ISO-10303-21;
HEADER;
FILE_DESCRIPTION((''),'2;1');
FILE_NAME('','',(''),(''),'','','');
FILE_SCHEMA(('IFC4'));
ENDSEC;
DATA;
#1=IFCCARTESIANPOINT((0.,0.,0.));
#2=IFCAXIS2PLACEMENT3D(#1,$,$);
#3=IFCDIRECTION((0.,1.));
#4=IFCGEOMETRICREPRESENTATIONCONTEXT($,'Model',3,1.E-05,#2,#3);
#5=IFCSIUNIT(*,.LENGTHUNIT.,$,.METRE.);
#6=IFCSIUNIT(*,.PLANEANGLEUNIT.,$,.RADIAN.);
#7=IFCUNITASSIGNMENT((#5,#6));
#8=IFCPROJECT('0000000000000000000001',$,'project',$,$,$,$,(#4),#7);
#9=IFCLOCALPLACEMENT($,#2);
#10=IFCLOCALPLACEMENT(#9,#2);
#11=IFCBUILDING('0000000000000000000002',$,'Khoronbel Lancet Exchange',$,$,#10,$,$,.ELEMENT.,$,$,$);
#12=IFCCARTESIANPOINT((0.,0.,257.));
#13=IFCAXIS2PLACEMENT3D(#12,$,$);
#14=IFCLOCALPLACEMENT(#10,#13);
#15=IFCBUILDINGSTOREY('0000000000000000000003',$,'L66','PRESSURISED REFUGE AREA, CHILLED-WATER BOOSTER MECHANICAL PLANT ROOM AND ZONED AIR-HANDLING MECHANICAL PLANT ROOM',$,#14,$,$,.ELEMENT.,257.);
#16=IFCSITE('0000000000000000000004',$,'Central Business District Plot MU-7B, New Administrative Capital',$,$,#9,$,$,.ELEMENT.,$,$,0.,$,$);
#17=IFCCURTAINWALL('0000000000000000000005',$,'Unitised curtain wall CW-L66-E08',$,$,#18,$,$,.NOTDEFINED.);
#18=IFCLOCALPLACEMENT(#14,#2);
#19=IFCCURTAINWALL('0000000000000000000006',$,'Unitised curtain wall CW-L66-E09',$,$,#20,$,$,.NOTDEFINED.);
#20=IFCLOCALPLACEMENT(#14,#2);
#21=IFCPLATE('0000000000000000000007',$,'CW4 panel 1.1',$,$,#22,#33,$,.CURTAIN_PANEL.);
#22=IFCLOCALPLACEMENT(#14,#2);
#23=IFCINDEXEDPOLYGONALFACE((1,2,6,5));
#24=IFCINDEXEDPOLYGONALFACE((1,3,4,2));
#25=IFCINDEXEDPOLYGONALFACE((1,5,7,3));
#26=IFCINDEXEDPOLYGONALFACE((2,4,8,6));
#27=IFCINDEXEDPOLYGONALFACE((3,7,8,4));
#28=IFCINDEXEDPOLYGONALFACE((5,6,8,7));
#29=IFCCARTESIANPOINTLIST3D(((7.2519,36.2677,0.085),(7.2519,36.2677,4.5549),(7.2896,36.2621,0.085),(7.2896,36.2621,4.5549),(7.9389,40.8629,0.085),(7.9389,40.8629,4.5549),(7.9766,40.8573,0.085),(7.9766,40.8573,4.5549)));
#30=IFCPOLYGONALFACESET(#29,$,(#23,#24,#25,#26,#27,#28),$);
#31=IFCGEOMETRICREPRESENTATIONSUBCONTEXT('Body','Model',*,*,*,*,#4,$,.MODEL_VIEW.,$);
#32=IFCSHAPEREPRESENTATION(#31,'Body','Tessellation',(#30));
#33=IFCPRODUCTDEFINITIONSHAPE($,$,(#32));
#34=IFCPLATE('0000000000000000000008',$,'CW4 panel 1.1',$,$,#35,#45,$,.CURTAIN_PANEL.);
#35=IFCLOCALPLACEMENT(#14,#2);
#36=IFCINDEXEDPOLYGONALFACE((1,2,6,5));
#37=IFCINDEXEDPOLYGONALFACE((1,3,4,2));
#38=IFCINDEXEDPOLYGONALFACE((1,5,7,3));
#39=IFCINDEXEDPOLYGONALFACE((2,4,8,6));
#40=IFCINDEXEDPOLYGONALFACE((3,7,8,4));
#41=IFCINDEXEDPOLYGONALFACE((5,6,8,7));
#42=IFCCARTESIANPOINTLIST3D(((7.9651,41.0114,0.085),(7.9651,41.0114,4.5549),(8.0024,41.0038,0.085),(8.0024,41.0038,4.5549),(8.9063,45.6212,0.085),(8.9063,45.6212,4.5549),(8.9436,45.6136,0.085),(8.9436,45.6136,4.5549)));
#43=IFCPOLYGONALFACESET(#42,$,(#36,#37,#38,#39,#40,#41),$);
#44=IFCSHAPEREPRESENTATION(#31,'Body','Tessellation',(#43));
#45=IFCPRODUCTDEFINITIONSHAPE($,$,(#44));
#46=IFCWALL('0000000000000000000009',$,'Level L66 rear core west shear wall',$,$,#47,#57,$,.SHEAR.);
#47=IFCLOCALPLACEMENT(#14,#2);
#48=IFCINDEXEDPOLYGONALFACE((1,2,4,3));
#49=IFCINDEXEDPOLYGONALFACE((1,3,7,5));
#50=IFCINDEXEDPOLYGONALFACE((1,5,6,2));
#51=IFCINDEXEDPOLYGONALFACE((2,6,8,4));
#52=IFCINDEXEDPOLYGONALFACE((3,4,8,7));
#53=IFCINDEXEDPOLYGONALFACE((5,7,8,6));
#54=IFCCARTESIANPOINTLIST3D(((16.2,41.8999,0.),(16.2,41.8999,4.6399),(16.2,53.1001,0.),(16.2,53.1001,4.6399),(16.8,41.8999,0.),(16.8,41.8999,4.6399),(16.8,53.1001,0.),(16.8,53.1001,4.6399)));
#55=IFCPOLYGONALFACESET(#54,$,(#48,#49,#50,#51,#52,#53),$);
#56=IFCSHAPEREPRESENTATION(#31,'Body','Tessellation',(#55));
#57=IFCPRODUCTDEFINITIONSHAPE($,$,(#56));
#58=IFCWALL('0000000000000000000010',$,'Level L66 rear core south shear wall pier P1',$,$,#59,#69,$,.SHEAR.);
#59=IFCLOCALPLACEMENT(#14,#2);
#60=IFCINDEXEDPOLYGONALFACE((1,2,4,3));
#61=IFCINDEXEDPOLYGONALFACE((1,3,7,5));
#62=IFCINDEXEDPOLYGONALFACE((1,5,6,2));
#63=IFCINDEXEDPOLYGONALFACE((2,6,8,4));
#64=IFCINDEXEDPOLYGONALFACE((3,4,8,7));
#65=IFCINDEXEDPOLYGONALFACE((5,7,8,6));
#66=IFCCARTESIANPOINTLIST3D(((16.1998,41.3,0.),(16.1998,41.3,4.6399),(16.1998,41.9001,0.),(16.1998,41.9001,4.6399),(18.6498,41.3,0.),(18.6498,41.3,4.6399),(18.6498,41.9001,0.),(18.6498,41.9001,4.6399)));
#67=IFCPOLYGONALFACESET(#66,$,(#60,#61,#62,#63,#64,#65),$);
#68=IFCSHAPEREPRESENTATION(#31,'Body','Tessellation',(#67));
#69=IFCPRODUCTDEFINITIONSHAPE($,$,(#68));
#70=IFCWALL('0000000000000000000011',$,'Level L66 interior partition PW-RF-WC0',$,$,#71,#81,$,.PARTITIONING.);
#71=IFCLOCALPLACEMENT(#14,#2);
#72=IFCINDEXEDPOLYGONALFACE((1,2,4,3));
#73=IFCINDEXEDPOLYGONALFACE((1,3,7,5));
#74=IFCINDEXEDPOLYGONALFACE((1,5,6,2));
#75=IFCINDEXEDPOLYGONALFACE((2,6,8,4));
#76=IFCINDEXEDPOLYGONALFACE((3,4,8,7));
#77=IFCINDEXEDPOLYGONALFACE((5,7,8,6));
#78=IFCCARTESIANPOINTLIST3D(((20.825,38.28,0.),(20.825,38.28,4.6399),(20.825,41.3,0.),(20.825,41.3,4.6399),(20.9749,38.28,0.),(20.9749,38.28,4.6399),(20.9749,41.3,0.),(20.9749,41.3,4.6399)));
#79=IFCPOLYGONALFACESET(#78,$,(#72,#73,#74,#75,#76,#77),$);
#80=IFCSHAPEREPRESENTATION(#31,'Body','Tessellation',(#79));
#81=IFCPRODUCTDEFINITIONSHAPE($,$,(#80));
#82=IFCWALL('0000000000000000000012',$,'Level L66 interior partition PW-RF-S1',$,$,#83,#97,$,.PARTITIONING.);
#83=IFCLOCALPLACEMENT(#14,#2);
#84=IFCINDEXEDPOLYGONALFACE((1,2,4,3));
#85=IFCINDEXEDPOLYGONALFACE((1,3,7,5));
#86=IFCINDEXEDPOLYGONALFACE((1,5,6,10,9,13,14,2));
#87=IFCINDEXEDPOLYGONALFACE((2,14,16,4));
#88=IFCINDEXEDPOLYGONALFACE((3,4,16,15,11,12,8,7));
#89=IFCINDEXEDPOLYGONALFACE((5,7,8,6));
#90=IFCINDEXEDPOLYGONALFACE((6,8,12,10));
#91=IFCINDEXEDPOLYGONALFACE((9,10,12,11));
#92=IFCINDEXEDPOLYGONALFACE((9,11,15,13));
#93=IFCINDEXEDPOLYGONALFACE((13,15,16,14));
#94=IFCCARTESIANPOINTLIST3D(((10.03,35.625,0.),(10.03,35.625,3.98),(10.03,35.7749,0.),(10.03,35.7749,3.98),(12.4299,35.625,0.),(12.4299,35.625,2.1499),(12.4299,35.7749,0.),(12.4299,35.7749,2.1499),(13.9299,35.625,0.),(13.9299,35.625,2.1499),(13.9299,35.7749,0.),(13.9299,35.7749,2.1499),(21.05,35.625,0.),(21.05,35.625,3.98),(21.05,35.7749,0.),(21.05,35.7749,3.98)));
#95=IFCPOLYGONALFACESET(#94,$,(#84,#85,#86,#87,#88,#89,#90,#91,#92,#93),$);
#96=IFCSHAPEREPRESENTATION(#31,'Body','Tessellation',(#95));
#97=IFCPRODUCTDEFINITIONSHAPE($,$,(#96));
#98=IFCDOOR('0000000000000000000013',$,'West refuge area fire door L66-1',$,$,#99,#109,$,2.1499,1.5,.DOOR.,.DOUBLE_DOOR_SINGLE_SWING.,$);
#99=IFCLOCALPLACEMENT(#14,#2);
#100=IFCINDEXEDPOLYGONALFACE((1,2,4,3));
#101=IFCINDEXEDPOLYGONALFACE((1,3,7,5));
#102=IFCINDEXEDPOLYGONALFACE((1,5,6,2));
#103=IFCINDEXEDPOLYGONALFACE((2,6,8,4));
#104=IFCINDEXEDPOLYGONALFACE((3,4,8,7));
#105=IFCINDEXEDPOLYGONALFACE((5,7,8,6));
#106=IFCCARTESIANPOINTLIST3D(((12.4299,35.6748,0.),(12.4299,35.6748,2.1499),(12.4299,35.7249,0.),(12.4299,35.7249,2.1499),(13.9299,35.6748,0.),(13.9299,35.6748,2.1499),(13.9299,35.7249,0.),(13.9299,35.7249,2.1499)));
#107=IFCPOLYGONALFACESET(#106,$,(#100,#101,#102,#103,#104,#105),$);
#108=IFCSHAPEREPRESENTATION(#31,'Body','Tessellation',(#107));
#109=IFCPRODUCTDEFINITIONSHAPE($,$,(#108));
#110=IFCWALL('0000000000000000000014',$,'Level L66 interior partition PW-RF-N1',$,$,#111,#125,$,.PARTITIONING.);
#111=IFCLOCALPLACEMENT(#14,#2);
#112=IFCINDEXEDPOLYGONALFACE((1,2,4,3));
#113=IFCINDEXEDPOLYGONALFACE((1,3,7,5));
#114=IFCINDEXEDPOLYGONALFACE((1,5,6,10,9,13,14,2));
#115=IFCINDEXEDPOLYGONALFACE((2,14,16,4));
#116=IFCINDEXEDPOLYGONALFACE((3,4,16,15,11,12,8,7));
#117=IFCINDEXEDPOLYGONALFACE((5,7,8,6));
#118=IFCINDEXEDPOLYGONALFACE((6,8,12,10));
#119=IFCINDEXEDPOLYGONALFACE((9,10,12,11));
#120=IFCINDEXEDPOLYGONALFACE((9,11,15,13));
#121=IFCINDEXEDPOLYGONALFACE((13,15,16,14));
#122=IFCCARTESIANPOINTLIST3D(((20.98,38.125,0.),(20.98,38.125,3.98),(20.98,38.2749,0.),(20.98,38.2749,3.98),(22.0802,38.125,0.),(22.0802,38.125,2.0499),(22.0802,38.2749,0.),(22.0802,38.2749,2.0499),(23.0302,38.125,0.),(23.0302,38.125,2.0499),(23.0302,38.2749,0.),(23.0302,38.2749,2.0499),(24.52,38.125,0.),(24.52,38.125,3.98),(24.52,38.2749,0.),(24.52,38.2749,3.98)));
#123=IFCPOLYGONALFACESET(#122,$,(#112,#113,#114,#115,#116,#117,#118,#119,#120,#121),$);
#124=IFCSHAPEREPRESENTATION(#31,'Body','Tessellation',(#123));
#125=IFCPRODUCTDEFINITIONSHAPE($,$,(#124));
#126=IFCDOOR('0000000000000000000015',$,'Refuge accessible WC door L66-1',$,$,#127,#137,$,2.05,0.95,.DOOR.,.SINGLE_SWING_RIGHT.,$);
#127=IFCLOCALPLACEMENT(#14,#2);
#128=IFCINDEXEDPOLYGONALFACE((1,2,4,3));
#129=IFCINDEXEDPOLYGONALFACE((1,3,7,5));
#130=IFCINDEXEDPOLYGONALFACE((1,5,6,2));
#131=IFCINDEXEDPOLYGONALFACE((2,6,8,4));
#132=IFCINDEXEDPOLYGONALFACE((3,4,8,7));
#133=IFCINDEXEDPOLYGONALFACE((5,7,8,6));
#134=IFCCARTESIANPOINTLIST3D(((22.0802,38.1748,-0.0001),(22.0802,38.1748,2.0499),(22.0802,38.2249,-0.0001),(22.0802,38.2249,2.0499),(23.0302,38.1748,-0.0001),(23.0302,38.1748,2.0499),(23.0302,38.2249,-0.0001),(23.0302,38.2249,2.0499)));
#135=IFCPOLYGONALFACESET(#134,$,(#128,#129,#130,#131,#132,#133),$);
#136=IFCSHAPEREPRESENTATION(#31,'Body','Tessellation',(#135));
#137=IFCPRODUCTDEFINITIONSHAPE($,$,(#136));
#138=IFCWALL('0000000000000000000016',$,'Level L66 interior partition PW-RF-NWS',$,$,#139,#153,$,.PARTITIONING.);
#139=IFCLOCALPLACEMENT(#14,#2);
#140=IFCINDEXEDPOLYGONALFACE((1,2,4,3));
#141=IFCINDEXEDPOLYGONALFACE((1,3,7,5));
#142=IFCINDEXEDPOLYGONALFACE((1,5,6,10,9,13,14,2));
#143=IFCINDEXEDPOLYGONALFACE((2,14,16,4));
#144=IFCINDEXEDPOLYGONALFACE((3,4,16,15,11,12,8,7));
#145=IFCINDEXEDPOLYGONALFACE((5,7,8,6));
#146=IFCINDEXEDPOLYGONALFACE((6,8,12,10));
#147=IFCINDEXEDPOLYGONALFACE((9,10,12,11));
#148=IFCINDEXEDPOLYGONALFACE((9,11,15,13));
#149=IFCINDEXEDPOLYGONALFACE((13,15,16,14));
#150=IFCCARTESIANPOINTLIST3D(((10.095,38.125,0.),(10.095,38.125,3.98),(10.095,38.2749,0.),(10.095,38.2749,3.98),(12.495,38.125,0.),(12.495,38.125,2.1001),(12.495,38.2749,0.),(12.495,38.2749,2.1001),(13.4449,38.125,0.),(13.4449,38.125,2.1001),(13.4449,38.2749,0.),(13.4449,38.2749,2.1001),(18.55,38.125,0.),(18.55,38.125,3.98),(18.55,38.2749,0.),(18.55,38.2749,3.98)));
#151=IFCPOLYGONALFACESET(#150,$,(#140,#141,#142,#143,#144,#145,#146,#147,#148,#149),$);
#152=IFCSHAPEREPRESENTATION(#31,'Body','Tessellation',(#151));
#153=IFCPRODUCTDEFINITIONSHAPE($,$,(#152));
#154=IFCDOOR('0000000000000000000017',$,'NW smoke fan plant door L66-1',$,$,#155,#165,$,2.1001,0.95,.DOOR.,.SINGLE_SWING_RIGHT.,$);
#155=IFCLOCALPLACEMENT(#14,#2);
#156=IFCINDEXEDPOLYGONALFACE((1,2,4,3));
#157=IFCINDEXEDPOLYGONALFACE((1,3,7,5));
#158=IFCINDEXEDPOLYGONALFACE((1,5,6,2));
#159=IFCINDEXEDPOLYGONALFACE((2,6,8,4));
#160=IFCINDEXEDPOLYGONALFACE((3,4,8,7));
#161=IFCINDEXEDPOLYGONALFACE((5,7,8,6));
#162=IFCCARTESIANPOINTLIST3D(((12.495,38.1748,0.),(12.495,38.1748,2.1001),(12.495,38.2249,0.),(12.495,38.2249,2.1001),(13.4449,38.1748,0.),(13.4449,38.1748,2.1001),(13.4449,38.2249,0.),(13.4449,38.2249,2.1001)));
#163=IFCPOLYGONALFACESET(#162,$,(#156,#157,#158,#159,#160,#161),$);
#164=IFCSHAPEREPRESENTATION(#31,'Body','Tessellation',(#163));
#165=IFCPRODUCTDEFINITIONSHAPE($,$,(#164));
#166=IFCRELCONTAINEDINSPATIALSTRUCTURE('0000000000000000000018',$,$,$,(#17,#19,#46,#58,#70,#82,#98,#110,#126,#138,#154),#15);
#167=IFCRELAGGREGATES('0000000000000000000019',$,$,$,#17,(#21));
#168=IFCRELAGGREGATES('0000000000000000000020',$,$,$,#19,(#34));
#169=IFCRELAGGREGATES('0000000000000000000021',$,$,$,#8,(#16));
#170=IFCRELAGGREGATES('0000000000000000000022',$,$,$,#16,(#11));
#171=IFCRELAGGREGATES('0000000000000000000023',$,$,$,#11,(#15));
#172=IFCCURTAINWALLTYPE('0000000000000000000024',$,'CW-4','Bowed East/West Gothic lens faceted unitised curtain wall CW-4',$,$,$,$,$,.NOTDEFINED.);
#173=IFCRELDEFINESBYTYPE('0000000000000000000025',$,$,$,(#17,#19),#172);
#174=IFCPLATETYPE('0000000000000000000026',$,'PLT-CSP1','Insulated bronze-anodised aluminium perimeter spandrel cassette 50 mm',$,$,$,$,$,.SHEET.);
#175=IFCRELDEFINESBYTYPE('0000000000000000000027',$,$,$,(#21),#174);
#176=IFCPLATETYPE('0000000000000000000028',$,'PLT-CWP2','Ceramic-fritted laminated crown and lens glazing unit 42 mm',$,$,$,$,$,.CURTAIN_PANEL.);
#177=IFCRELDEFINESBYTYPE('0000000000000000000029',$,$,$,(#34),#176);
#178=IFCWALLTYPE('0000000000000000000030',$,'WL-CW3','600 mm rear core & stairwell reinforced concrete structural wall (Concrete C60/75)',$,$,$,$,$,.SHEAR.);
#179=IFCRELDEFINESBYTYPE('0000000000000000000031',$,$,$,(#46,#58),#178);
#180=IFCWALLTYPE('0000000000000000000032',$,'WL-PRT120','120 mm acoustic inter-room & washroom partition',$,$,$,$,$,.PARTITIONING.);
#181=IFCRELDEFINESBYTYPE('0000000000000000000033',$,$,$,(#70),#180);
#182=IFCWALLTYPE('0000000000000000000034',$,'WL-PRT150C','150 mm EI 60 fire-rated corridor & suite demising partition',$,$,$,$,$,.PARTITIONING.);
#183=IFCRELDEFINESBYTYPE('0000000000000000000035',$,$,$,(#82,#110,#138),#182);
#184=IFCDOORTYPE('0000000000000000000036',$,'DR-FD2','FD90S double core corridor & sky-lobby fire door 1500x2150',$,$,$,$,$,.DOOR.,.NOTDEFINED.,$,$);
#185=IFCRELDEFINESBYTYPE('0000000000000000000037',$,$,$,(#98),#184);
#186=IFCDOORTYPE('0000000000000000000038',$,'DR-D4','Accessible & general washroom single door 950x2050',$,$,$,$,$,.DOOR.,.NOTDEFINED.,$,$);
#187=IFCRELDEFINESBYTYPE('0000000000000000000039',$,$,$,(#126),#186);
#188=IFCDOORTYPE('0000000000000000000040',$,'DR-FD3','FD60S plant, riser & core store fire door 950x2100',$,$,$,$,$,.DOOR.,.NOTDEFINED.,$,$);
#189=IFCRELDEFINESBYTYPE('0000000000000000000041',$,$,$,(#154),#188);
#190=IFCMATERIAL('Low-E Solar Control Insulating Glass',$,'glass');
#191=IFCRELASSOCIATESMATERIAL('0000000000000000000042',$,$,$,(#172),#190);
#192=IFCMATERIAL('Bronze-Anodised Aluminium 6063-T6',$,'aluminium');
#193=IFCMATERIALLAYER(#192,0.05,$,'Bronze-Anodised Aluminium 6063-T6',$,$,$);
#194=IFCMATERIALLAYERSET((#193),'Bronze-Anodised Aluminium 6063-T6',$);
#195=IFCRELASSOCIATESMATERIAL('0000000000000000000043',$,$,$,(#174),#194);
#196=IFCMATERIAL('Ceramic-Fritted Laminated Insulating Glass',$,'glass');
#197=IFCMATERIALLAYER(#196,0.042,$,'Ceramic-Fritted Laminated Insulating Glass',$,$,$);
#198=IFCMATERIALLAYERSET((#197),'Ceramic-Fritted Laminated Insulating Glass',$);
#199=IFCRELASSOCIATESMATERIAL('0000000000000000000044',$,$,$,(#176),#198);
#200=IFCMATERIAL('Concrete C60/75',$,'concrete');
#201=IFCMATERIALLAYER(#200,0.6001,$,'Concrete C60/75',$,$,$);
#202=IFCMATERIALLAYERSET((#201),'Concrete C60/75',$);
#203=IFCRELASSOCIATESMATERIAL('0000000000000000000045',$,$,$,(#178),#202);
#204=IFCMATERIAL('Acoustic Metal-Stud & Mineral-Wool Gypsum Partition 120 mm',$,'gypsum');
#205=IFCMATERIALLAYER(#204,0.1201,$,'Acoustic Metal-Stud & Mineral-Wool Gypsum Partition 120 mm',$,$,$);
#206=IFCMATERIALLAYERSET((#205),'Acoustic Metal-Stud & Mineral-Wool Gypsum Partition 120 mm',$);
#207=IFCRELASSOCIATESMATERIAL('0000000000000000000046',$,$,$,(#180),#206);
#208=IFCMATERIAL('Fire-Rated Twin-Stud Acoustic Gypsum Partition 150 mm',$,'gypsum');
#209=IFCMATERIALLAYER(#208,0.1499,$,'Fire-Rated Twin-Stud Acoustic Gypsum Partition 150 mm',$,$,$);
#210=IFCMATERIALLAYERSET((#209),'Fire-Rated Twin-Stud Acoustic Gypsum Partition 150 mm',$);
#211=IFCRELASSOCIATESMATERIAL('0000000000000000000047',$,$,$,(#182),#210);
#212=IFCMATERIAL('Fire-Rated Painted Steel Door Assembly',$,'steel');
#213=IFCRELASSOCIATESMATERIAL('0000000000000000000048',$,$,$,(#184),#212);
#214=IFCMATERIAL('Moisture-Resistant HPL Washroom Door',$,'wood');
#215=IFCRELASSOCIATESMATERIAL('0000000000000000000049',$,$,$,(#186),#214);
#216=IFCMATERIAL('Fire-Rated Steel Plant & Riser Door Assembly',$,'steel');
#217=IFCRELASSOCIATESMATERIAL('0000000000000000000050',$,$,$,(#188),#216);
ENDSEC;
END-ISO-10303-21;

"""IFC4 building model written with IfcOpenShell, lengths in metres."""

from ifc_helpers import new_model, si_unit, direction, frame, frame_2d, origin, origin_2d, place, context, subcontext, project, spatial, rectangle, extrude, material, layer, layer_set, type_object, element, fill, aggregate, save


model = new_model("IFC4")

# Units and contexts
model_context = context("Model", 3, precision=1e-05, world=origin(), true_north=direction((0.0, 1.0)))
body_context = subcontext(model_context, "Body", "Model", "MODEL_VIEW")
ifc_project = project(units=[si_unit("LENGTHUNIT", "METRE"), si_unit("PLANEANGLEUNIT", "RADIAN")], contexts=[model_context])

# Site, building, storey
site_placement = place(None, origin())
site = spatial("IfcSite", under=ifc_project, at=site_placement, Name="Central Business District Plot MU-7B, New Administrative Capital", CompositionType="ELEMENT", RefElevation=0.0)
building_placement = place(site_placement, origin())
building = spatial("IfcBuilding", under=site, at=building_placement, Name="Khoronbel Lancet Exchange", CompositionType="ELEMENT")
storey_placement = place(building_placement, frame((0.0, 0.0, 257.0)))
storey = spatial("IfcBuildingStorey", under=building, at=storey_placement, Name="L66", Description="PRESSURISED REFUGE AREA, CHILLED-WATER BOOSTER MECHANICAL PLANT ROOM AND ZONED AIR-HANDLING MECHANICAL PLANT ROOM", CompositionType="ELEMENT", Elevation=257.0)

# Shared definitions
ifc_material_1 = material(Name="Concrete C60/75", Category="concrete")

# Shared definitions
ifc_material_2 = material(Name="Low-E Solar Control Insulating Glass", Category="glass")
curtain_wall_type = type_object("IfcCurtainWallType", Name="CW-4", Description="Bowed East/West Gothic lens faceted unitised curtain wall CW-4", PredefinedType="NOTDEFINED", material=ifc_material_2)
ifc_material_3 = material(Name="Bronze-Anodised Aluminium 6063-T6", Category="aluminium")

# Curtain wall
curtain_wall_1_placement = place(storey_placement, origin())
curtain_wall_1 = element("IfcCurtainWall", 1, at=curtain_wall_1_placement, inside=storey, type_object=curtain_wall_type, Name="Unitised curtain wall CW-L66-E08", PredefinedType="NOTDEFINED")

# Curtain wall
curtain_wall_2_placement = place(storey_placement, origin())
curtain_wall_2 = element("IfcCurtainWall", 2, at=curtain_wall_2_placement, inside=storey, type_object=curtain_wall_type, Name="Unitised curtain wall CW-L66-E09", PredefinedType="NOTDEFINED")

# Plates
ifc_layer_1 = layer(ifc_material_3, 0.05, Name="Bronze-Anodised Aluminium 6063-T6")
ifc_layer_set_1 = layer_set([ifc_layer_1], Name="Bronze-Anodised Aluminium 6063-T6")
plate_type_1 = type_object("IfcPlateType", Name="PLT-CSP1", Description="Insulated bronze-anodised aluminium perimeter spandrel cassette 50 mm", PredefinedType="SHEET", material=ifc_layer_set_1)
plate_1_placement = place(storey_placement, frame((7.6143, 38.5625, 0.085), z_axis=(0.0, 0.0, 1.0), x_axis=(0.147869, 0.989007, 0.0)))
plate_1 = element("IfcPlate", 3, at=plate_1_placement, type_object=plate_type_1, Name="CW4 panel 1.1", PredefinedType="CURTAIN_PANEL", context=body_context, shape_type="SweptSolid", body=[
    extrude(rectangle(XDim=4.6462, YDim=0.0381, at=origin_2d()), origin(), (0.0, 0.0, 1.0), 4.47),
])
aggregate(curtain_wall_1, [plate_1])
ifc_material_4 = material(Name="Ceramic-Fritted Laminated Insulating Glass", Category="glass")
ifc_layer_2 = layer(ifc_material_4, 0.042, Name="Ceramic-Fritted Laminated Insulating Glass")
ifc_layer_set_2 = layer_set([ifc_layer_2], Name="Ceramic-Fritted Laminated Insulating Glass")
plate_type_2 = type_object("IfcPlateType", Name="PLT-CWP2", Description="Ceramic-fritted laminated crown and lens glazing unit 42 mm", PredefinedType="CURTAIN_PANEL", material=ifc_layer_set_2)
plate_2_placement = place(storey_placement, frame((8.4543, 43.3125, 0.085), z_axis=(0.0, 0.0, 1.0), x_axis=(0.200052, 0.979785, 0.0)))
plate_2 = element("IfcPlate", 4, at=plate_2_placement, type_object=plate_type_2, Name="CW4 panel 1.1", PredefinedType="CURTAIN_PANEL", context=body_context, shape_type="SweptSolid", body=[
    extrude(rectangle(XDim=4.7048, YDim=0.0381, at=origin_2d()), origin(), (0.0, 0.0, 1.0), 4.47),
])
aggregate(curtain_wall_2, [plate_2])

# Walls
ifc_layer_3 = layer(ifc_material_1, 0.6001, Name="Concrete C60/75")
ifc_layer_set_3 = layer_set([ifc_layer_3], Name="Concrete C60/75")
wall_type_1 = type_object("IfcWallType", Name="WL-CW3", Description="600 mm rear core & stairwell reinforced concrete structural wall (Concrete C60/75)", PredefinedType="SHEAR", material=ifc_layer_set_3)
wall_1_placement = place(storey_placement, frame((16.5, 41.8999, 0.0), z_axis=(0.0, 0.0, 1.0), x_axis=(0.0, 1.0, 0.0)))
element("IfcWall", 5, at=wall_1_placement, inside=storey, type_object=wall_type_1, Name="Level L66 rear core west shear wall", PredefinedType="SHEAR", context=body_context, shape_type="SweptSolid", body=[
    extrude(rectangle(XDim=11.2002, YDim=0.6001, at=frame_2d((5.6001, 0.0))), origin(), (0.0, 0.0, 1.0), 4.6399),
])
wall_2_placement = place(storey_placement, frame((18.6499, 41.6001, 0.0), z_axis=(0.0, 0.0, 1.0), x_axis=(-1.0, 0.0, 0.0)))
element("IfcWall", 6, at=wall_2_placement, inside=storey, type_object=wall_type_1, Name="Level L66 rear core south shear wall pier P1", PredefinedType="SHEAR", context=body_context, shape_type="SweptSolid", body=[
    extrude(rectangle(XDim=2.45, YDim=0.6001, at=frame_2d((1.2251, 0.0))), origin(), (0.0, 0.0, 1.0), 4.6399),
])
ifc_material_5 = material(Name="Acoustic Metal-Stud & Mineral-Wool Gypsum Partition 120 mm", Category="gypsum")
ifc_layer_4 = layer(ifc_material_5, 0.1201, Name="Acoustic Metal-Stud & Mineral-Wool Gypsum Partition 120 mm")
ifc_layer_set_4 = layer_set([ifc_layer_4], Name="Acoustic Metal-Stud & Mineral-Wool Gypsum Partition 120 mm")
wall_type_2 = type_object("IfcWallType", Name="WL-PRT120", Description="120 mm acoustic inter-room & washroom partition", PredefinedType="PARTITIONING", material=ifc_layer_set_4)
wall_3_placement = place(storey_placement, frame((20.8999, 38.28, 0.0), z_axis=(0.0, 0.0, 1.0), x_axis=(0.0, 1.0, 0.0)))
element("IfcWall", 7, at=wall_3_placement, inside=storey, type_object=wall_type_2, Name="Level L66 interior partition PW-RF-WC0", PredefinedType="PARTITIONING", context=body_context, shape_type="SweptSolid", body=[
    extrude(rectangle(XDim=3.02, YDim=0.1499, at=frame_2d((1.51, 0.0))), origin(), (0.0, 0.0, 1.0), 4.6399),
])

# Walls, openings, doors
ifc_material_6 = material(Name="Fire-Rated Twin-Stud Acoustic Gypsum Partition 150 mm", Category="gypsum")
ifc_layer_5 = layer(ifc_material_6, 0.1499, Name="Fire-Rated Twin-Stud Acoustic Gypsum Partition 150 mm")
ifc_layer_set_5 = layer_set([ifc_layer_5], Name="Fire-Rated Twin-Stud Acoustic Gypsum Partition 150 mm")
wall_type_3 = type_object("IfcWallType", Name="WL-PRT150C", Description="150 mm EI 60 fire-rated corridor & suite demising partition", PredefinedType="PARTITIONING", material=ifc_layer_set_5)
wall_4_placement = place(storey_placement, frame((10.03, 35.7, 0.0), z_axis=(0.0, 0.0, 1.0), x_axis=(1.0, 0.0, 0.0)))
wall_4 = element("IfcWall", 8, at=wall_4_placement, inside=storey, type_object=wall_type_3, Name="Level L66 interior partition PW-RF-S1", PredefinedType="PARTITIONING", context=body_context, shape_type="SweptSolid", body=[
    extrude(rectangle(XDim=11.02, YDim=0.1499, at=frame_2d((5.51, 0.0))), origin(), (0.0, 0.0, 1.0), 3.98),
])
opening_1_placement = place(wall_4_placement, frame((2.3999, 0.0, 0.0)))
opening_1 = element("IfcOpeningElement", 9, at=opening_1_placement, cuts=wall_4, PredefinedType="OPENING", context=body_context, shape_type="SweptSolid", body=[
    extrude(rectangle(XDim=1.5, YDim=2.1499, at=frame_2d((0.75, 1.075))), frame((0.0, 0.085, 0.0), z_axis=(0.0, -1.0, 0.0), x_axis=(1.0, 0.0, 0.0)), (0.0, 0.0, 1.0), 0.1699),
])
ifc_material_7 = material(Name="Fire-Rated Painted Steel Door Assembly", Category="steel")
door_type_1 = type_object("IfcDoorType", Name="DR-FD2", Description="FD90S double core corridor & sky-lobby fire door 1500x2150", OperationType="NOTDEFINED", PredefinedType="DOOR", material=ifc_material_7)
door_1_placement = place(opening_1_placement, origin())
door_1 = element("IfcDoor", 10, at=door_1_placement, inside=storey, type_object=door_type_1, Name="West refuge area fire door L66-1", OperationType="DOUBLE_DOOR_SINGLE_SWING", OverallHeight=2.1499, OverallWidth=1.5, PredefinedType="DOOR", context=body_context, shape_type="SweptSolid", body=[
    extrude(rectangle(XDim=1.5, YDim=2.1499, at=frame_2d((0.75, 1.075))), frame((0.0, 0.0249, 0.0), z_axis=(0.0, -1.0, 0.0), x_axis=(1.0, 0.0, 0.0)), (0.0, 0.0, 1.0), 0.05),
])
fill(opening_1, door_1)
wall_5_placement = place(storey_placement, frame((20.98, 38.2, 0.0), z_axis=(0.0, 0.0, 1.0), x_axis=(1.0, 0.0, 0.0)))
wall_5 = element("IfcWall", 11, at=wall_5_placement, inside=storey, type_object=wall_type_3, Name="Level L66 interior partition PW-RF-N1", PredefinedType="PARTITIONING", context=body_context, shape_type="SweptSolid", body=[
    extrude(rectangle(XDim=3.54, YDim=0.1499, at=frame_2d((1.77, 0.0))), origin(), (0.0, 0.0, 1.0), 3.98),
])
opening_2_placement = place(wall_5_placement, frame((1.1001, 0.0, 0.0)))
opening_2 = element("IfcOpeningElement", 12, at=opening_2_placement, cuts=wall_5, PredefinedType="OPENING", context=body_context, shape_type="SweptSolid", body=[
    extrude(rectangle(XDim=0.95, YDim=2.05, at=frame_2d((0.4751, 1.0249))), frame((0.0, 0.085, 0.0), z_axis=(0.0, -1.0, 0.0), x_axis=(1.0, 0.0, 0.0)), (0.0, 0.0, 1.0), 0.1699),
])
ifc_material_8 = material(Name="Moisture-Resistant HPL Washroom Door", Category="wood")
door_type_2 = type_object("IfcDoorType", Name="DR-D4", Description="Accessible & general washroom single door 950x2050", OperationType="NOTDEFINED", PredefinedType="DOOR", material=ifc_material_8)
door_2_placement = place(opening_2_placement, origin())
door_2 = element("IfcDoor", 13, at=door_2_placement, inside=storey, type_object=door_type_2, Name="Refuge accessible WC door L66-1", OperationType="SINGLE_SWING_RIGHT", OverallHeight=2.05, OverallWidth=0.95, PredefinedType="DOOR", context=body_context, shape_type="SweptSolid", body=[
    extrude(rectangle(XDim=0.95, YDim=2.05, at=frame_2d((0.4751, 1.0249))), frame((0.0, 0.0249, 0.0), z_axis=(0.0, -1.0, 0.0), x_axis=(1.0, 0.0, 0.0)), (0.0, 0.0, 1.0), 0.05),
])
fill(opening_2, door_2)
wall_6_placement = place(storey_placement, frame((10.095, 38.2, 0.0), z_axis=(0.0, 0.0, 1.0), x_axis=(1.0, 0.0, 0.0)))
wall_6 = element("IfcWall", 14, at=wall_6_placement, inside=storey, type_object=wall_type_3, Name="Level L66 interior partition PW-RF-NWS", PredefinedType="PARTITIONING", context=body_context, shape_type="SweptSolid", body=[
    extrude(rectangle(XDim=8.4551, YDim=0.1499, at=frame_2d((4.2275, 0.0))), origin(), (0.0, 0.0, 1.0), 3.98),
])
opening_3_placement = place(wall_6_placement, frame((2.3999, 0.0, 0.0)))
opening_3 = element("IfcOpeningElement", 15, at=opening_3_placement, cuts=wall_6, PredefinedType="OPENING", context=body_context, shape_type="SweptSolid", body=[
    extrude(rectangle(XDim=0.95, YDim=2.1001, at=frame_2d((0.4751, 1.05))), frame((0.0, 0.085, 0.0), z_axis=(0.0, -1.0, 0.0), x_axis=(1.0, 0.0, 0.0)), (0.0, 0.0, 1.0), 0.1699),
])
ifc_material_9 = material(Name="Fire-Rated Steel Plant & Riser Door Assembly", Category="steel")
door_type_3 = type_object("IfcDoorType", Name="DR-FD3", Description="FD60S plant, riser & core store fire door 950x2100", OperationType="NOTDEFINED", PredefinedType="DOOR", material=ifc_material_9)
door_3_placement = place(opening_3_placement, origin())
door_3 = element("IfcDoor", 16, at=door_3_placement, inside=storey, type_object=door_type_3, Name="NW smoke fan plant door L66-1", OperationType="SINGLE_SWING_RIGHT", OverallHeight=2.1001, OverallWidth=0.95, PredefinedType="DOOR", context=body_context, shape_type="SweptSolid", body=[
    extrude(rectangle(XDim=0.95, YDim=2.1001, at=frame_2d((0.4751, 1.05))), frame((0.0, 0.0249, 0.0), z_axis=(0.0, -1.0, 0.0), x_axis=(1.0, 0.0, 0.0)), (0.0, 0.0, 1.0), 0.05),
])
fill(opening_3, door_3)

save(model, "model.ifc")
